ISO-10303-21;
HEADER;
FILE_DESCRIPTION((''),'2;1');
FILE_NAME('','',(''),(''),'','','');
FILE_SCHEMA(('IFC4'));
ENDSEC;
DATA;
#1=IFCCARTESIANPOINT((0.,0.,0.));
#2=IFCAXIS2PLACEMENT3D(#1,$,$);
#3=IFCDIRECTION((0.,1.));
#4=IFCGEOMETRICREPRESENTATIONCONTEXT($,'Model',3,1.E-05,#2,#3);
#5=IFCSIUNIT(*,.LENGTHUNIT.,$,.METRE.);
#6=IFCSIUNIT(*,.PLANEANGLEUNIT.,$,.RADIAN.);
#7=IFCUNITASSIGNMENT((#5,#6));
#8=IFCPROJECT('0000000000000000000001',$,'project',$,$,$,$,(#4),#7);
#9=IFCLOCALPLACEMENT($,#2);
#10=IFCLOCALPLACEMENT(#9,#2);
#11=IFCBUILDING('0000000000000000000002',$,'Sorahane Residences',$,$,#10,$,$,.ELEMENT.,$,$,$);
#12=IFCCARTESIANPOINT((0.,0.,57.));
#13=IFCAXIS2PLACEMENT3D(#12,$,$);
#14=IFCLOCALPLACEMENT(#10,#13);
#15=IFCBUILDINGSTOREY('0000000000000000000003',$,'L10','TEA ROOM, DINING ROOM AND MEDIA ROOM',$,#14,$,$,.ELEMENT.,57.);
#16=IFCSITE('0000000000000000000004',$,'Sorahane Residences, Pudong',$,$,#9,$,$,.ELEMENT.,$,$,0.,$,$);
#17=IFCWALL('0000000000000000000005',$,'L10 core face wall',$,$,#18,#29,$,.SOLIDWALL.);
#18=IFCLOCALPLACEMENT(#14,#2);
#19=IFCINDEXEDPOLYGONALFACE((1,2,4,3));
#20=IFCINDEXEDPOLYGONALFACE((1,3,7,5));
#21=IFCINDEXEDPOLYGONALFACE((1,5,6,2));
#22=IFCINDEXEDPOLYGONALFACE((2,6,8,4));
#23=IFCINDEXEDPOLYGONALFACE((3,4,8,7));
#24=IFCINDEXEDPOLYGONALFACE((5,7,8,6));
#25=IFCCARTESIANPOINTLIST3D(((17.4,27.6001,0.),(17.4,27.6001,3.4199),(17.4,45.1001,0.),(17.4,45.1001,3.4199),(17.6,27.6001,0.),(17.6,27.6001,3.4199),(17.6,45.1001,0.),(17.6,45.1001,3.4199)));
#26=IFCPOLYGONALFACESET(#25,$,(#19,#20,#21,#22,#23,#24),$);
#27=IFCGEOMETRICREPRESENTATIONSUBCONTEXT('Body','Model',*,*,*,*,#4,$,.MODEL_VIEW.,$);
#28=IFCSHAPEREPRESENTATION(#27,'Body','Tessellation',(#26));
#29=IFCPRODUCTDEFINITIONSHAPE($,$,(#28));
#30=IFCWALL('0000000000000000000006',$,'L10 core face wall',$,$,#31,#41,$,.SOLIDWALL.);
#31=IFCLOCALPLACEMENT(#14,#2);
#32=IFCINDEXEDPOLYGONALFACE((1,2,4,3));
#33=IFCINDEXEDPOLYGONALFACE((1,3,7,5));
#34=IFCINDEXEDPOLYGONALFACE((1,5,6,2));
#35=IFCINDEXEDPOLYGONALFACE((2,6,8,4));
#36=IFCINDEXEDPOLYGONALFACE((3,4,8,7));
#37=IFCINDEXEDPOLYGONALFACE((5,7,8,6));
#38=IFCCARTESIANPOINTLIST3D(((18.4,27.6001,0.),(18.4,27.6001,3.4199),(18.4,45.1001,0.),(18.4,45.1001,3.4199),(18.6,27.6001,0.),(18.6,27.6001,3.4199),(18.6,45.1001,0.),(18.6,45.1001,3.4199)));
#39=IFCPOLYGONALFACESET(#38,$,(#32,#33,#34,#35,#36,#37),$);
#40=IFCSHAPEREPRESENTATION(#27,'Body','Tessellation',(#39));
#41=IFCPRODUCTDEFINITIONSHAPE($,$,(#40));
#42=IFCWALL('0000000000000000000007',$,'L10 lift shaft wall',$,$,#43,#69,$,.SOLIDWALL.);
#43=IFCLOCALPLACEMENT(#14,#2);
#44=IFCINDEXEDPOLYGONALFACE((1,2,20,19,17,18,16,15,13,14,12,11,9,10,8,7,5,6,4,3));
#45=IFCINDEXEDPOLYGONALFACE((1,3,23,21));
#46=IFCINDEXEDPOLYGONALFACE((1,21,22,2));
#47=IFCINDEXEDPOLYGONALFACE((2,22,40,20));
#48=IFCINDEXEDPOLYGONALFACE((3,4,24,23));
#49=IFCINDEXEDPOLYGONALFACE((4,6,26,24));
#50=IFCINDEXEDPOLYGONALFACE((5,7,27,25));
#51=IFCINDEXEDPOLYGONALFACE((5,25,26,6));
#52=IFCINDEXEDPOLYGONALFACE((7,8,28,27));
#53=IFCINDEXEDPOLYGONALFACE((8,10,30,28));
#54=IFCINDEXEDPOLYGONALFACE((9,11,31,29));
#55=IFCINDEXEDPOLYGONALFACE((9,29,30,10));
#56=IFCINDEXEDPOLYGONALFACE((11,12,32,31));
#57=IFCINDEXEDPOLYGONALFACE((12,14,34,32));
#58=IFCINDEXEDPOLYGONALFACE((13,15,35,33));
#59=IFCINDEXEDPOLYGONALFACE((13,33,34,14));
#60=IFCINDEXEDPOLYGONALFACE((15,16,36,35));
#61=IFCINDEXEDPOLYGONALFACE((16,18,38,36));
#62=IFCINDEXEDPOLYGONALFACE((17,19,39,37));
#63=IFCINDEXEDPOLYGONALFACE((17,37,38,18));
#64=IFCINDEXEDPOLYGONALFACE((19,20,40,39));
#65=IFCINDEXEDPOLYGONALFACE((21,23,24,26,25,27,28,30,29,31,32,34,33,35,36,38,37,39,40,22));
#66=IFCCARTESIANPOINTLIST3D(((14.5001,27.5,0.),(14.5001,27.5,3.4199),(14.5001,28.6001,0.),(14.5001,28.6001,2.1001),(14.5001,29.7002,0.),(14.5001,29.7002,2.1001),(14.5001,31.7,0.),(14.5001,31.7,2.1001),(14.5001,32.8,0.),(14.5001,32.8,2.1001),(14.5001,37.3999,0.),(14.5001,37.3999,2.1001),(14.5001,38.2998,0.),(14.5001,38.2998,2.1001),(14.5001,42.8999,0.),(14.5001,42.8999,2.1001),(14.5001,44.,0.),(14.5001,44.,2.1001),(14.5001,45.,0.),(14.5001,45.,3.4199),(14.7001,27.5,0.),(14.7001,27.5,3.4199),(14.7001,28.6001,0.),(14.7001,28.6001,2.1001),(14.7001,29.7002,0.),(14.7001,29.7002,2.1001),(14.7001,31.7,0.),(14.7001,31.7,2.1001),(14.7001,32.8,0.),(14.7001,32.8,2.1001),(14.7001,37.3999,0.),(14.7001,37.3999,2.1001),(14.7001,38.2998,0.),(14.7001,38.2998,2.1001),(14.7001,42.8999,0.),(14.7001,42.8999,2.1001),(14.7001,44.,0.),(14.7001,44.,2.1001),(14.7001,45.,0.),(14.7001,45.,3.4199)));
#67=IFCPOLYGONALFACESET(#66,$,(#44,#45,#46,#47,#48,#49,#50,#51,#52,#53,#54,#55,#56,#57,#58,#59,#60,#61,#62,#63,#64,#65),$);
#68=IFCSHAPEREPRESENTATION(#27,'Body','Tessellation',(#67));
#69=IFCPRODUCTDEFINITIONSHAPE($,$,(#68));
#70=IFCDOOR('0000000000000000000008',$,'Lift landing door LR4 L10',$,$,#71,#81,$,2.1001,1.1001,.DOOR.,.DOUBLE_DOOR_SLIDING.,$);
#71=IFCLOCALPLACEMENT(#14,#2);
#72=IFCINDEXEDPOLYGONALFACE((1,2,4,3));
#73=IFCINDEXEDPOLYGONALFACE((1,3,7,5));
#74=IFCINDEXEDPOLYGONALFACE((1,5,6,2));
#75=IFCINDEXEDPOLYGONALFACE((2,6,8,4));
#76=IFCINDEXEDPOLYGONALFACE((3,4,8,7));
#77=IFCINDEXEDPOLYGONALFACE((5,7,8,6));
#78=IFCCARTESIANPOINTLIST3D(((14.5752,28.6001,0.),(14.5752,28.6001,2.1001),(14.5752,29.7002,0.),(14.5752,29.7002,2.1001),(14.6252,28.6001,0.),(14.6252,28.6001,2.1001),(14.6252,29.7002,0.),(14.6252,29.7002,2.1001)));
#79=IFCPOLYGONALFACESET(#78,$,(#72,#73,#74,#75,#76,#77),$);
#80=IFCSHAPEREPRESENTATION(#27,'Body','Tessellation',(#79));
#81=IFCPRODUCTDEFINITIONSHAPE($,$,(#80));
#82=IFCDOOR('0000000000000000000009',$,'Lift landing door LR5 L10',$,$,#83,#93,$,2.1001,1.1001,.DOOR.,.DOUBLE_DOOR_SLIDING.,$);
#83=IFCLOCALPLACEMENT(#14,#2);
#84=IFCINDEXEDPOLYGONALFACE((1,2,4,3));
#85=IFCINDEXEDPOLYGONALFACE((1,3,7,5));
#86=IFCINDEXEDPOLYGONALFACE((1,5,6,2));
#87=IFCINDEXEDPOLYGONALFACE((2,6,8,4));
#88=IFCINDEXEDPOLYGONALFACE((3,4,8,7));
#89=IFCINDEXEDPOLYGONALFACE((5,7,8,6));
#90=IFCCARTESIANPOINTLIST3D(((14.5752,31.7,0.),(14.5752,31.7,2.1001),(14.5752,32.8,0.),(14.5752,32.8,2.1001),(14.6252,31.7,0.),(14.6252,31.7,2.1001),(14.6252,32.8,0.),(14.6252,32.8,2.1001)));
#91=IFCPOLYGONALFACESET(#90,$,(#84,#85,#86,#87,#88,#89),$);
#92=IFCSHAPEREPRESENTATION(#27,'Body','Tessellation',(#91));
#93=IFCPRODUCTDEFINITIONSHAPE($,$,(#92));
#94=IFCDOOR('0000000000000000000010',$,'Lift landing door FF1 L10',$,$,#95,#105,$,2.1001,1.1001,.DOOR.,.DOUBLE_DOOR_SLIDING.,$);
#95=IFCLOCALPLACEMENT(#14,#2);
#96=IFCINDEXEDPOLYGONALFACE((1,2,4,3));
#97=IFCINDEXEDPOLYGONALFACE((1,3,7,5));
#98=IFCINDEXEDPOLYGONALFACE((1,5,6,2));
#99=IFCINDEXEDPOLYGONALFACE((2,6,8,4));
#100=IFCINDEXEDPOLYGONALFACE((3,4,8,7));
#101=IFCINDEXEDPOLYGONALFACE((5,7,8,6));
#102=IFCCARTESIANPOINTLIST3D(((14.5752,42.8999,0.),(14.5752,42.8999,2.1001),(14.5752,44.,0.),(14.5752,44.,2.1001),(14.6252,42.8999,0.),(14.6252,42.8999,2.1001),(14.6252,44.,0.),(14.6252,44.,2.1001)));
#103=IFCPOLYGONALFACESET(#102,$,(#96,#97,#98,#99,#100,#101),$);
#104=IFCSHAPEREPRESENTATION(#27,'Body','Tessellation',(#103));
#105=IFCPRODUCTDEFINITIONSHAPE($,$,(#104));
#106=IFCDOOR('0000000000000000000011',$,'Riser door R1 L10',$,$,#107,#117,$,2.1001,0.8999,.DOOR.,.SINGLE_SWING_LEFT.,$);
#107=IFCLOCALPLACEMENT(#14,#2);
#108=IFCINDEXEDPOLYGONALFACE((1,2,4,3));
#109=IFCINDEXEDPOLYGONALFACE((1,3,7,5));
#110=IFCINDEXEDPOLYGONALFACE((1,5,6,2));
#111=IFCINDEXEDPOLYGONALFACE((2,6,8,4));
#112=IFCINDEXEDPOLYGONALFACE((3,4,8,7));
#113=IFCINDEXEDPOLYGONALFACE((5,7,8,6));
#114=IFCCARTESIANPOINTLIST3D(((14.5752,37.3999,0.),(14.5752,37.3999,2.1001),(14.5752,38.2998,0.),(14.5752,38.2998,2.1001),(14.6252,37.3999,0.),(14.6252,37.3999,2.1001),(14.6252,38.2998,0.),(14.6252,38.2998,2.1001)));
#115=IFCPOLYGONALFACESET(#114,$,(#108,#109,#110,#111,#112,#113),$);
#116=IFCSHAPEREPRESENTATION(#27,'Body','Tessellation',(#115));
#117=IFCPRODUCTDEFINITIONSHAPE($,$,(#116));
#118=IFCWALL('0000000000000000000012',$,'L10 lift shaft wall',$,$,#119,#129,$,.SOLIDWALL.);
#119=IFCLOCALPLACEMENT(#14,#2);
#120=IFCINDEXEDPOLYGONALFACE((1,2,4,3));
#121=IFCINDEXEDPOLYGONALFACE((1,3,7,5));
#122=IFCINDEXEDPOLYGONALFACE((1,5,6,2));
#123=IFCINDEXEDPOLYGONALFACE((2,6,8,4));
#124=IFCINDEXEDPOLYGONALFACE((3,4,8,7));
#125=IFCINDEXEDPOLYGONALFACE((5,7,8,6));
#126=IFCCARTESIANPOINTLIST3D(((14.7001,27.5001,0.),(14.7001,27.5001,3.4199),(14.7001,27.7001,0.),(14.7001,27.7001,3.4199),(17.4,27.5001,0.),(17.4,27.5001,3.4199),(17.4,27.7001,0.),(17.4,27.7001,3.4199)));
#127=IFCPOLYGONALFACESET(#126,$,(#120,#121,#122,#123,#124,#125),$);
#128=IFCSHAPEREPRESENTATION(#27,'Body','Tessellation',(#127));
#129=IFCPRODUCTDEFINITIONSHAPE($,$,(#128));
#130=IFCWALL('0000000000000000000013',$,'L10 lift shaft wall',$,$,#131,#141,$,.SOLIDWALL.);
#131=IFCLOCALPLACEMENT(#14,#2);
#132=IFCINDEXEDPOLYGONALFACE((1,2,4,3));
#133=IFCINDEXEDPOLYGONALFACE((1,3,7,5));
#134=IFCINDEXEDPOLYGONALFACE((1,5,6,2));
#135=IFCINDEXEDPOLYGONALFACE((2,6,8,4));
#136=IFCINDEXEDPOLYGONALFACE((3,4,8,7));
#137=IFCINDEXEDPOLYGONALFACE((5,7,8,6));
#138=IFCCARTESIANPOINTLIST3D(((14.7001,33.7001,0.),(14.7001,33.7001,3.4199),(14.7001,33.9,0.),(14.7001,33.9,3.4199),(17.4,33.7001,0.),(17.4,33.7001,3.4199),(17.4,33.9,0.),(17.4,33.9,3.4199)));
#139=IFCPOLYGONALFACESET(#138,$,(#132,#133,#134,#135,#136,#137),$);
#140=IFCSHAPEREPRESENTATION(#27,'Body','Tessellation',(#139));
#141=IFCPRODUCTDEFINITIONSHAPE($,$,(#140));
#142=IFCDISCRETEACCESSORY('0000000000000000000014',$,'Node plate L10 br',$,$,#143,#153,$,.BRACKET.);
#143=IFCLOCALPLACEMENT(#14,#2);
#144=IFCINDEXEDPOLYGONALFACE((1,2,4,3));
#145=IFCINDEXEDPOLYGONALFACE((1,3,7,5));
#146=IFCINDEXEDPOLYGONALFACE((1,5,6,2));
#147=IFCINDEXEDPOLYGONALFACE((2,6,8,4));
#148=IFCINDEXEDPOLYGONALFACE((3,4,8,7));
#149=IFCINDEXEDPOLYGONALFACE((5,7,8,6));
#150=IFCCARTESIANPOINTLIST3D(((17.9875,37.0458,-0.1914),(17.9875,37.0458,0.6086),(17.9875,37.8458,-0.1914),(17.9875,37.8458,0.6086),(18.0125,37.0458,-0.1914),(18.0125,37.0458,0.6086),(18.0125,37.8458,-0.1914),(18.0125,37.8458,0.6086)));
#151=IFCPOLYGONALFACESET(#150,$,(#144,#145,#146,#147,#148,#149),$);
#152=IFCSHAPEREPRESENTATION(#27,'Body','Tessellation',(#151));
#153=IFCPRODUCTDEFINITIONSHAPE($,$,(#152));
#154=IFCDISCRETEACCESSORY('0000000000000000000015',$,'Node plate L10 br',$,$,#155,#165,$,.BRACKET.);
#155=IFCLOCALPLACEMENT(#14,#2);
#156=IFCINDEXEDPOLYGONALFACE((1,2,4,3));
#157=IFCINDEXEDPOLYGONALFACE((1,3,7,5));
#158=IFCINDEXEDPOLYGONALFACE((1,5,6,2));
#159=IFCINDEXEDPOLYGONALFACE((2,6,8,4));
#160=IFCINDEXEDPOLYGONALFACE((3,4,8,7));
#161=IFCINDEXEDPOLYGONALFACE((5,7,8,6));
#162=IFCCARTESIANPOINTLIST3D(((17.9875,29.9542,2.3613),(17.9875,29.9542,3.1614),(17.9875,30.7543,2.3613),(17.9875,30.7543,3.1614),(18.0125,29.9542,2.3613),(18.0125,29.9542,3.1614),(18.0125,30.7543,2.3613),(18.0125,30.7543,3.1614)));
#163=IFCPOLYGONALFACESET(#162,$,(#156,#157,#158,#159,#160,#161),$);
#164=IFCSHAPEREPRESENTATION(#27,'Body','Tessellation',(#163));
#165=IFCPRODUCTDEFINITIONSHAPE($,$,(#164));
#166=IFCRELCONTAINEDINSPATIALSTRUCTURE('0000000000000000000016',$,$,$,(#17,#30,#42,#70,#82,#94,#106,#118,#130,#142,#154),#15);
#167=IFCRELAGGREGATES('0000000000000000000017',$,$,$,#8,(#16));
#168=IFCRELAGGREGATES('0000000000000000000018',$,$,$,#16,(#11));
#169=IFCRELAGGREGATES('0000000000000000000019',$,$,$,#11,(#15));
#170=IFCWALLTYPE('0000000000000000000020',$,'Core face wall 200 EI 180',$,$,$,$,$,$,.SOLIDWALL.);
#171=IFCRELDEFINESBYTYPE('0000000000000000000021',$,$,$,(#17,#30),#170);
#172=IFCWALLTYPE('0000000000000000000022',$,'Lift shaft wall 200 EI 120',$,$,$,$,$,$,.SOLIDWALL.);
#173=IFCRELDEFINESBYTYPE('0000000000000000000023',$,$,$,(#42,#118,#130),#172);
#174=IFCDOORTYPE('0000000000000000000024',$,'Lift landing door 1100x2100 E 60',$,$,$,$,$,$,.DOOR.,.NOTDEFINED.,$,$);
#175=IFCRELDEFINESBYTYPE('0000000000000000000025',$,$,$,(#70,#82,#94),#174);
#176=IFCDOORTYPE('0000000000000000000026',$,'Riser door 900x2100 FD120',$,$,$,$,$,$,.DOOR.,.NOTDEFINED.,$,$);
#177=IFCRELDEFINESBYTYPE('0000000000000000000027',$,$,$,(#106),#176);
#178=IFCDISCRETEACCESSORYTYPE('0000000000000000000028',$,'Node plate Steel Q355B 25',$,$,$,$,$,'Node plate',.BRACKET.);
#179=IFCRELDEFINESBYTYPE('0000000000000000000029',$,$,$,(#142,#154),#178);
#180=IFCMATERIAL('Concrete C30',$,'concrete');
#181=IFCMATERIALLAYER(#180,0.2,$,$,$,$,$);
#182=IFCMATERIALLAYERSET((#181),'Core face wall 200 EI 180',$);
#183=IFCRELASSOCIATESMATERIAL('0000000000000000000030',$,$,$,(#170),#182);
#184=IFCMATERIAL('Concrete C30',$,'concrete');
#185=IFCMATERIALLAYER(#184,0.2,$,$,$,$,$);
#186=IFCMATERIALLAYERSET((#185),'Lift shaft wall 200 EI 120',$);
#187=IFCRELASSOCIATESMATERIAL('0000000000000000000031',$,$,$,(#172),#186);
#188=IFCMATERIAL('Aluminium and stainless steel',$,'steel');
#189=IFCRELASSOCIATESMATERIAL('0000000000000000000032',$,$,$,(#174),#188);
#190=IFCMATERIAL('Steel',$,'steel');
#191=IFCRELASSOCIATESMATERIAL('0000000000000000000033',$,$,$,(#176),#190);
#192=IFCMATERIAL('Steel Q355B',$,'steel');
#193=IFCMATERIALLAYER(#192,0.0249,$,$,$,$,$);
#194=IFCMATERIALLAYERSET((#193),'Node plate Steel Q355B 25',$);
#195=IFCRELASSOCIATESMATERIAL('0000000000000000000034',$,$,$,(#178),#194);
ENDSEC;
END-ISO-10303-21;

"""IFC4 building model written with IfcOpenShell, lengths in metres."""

from ifc_helpers import new_model, si_unit, direction, frame, frame_2d, origin, origin_2d, place, context, subcontext, project, spatial, rectangle, extrude, material, layer, layer_set, type_object, element, fill, save


model = new_model("IFC4")

# Units and contexts
model_context = context("Model", 3, precision=1e-05, world=origin(), true_north=direction((0.0, 1.0)))
body_context = subcontext(model_context, "Body", "Model", "MODEL_VIEW")
ifc_project = project(units=[si_unit("LENGTHUNIT", "METRE"), si_unit("PLANEANGLEUNIT", "RADIAN")], contexts=[model_context])

# Site, building, storey
site_placement = place(None, origin())
site = spatial("IfcSite", under=ifc_project, at=site_placement, Name="Sorahane Residences, Pudong", CompositionType="ELEMENT", RefElevation=0.0)
building_placement = place(site_placement, origin())
building = spatial("IfcBuilding", under=site, at=building_placement, Name="Sorahane Residences", CompositionType="ELEMENT")
storey_placement = place(building_placement, frame((0.0, 0.0, 57.0)))
storey = spatial("IfcBuildingStorey", under=building, at=storey_placement, Name="L10", Description="TEA ROOM, DINING ROOM AND MEDIA ROOM", CompositionType="ELEMENT", Elevation=57.0)

# Walls
ifc_material_1 = material(Name="Concrete C30", Category="concrete")
ifc_layer_1 = layer(ifc_material_1, 0.2)
ifc_layer_set_1 = layer_set([ifc_layer_1], Name="Core face wall 200 EI 180")
wall_type_1 = type_object("IfcWallType", Name="Core face wall 200 EI 180", PredefinedType="SOLIDWALL", material=ifc_layer_set_1)
for number, where, z_axis, x_axis, name in (
    (1, (17.5, 27.6001, 0.0), (0.0, 0.0, 1.0), (0.0, 1.0, 0.0), "L10 core face wall"),
    (2, (18.5, 27.6001, 0.0), (0.0, 0.0, 1.0), (0.0, 1.0, 0.0), "L10 core face wall"),
):
    element("IfcWall", number, at=place(storey_placement, frame(where, z_axis=z_axis, x_axis=x_axis)), inside=storey, type_object=wall_type_1, Name=name, PredefinedType="SOLIDWALL", context=body_context, shape_type="SweptSolid", body=[
        extrude(rectangle(XDim=17.5, YDim=0.2, at=frame_2d((8.75, 0.0))), origin(), (0.0, 0.0, 1.0), 3.4199),
    ])

# Wall, openings, doors
ifc_material_2 = material(Name="Concrete C30", Category="concrete")
ifc_layer_2 = layer(ifc_material_2, 0.2)
ifc_layer_set_2 = layer_set([ifc_layer_2], Name="Lift shaft wall 200 EI 120")
wall_type_2 = type_object("IfcWallType", Name="Lift shaft wall 200 EI 120", PredefinedType="SOLIDWALL", material=ifc_layer_set_2)
wall_placement = place(storey_placement, frame((14.6001, 27.5, 0.0), z_axis=(0.0, 0.0, 1.0), x_axis=(0.0, 1.0, 0.0)))
wall = element("IfcWall", 3, at=wall_placement, inside=storey, type_object=wall_type_2, Name="L10 lift shaft wall", PredefinedType="SOLIDWALL", context=body_context, shape_type="SweptSolid", body=[
    extrude(rectangle(XDim=17.5, YDim=0.2, at=frame_2d((8.75, 0.0))), origin(), (0.0, 0.0, 1.0), 3.4199),
])
opening_1_placement = place(wall_placement, frame((1.1001, 0.0, 0.0)))
opening_1 = element("IfcOpeningElement", 4, at=opening_1_placement, cuts=wall, PredefinedType="OPENING", context=body_context, shape_type="SweptSolid", body=[
    extrude(rectangle(XDim=1.1001, YDim=2.1001, at=frame_2d((0.55, 1.05))), frame((0.0, 0.1099, 0.0), z_axis=(0.0, -1.0, 0.0), x_axis=(1.0, 0.0, 0.0)), (0.0, 0.0, 1.0), 0.22),
])
opening_2_placement = place(wall_placement, frame((4.2, 0.0, 0.0)))
opening_2 = element("IfcOpeningElement", 5, at=opening_2_placement, cuts=wall, PredefinedType="OPENING", context=body_context, shape_type="SweptSolid", body=[
    extrude(rectangle(XDim=1.1001, YDim=2.1001, at=frame_2d((0.55, 1.05))), frame((0.0, 0.1099, 0.0), z_axis=(0.0, -1.0, 0.0), x_axis=(1.0, 0.0, 0.0)), (0.0, 0.0, 1.0), 0.22),
])
opening_3_placement = place(wall_placement, frame((15.3999, 0.0, 0.0)))
opening_3 = element("IfcOpeningElement", 6, at=opening_3_placement, cuts=wall, PredefinedType="OPENING", context=body_context, shape_type="SweptSolid", body=[
    extrude(rectangle(XDim=1.1001, YDim=2.1001, at=frame_2d((0.55, 1.05))), frame((0.0, 0.1099, 0.0), z_axis=(0.0, -1.0, 0.0), x_axis=(1.0, 0.0, 0.0)), (0.0, 0.0, 1.0), 0.22),
])
opening_4_placement = place(wall_placement, frame((9.8999, 0.0, 0.0)))
opening_4 = element("IfcOpeningElement", 7, at=opening_4_placement, cuts=wall, PredefinedType="OPENING", context=body_context, shape_type="SweptSolid", body=[
    extrude(rectangle(XDim=0.8999, YDim=2.1001, at=frame_2d((0.45, 1.05))), frame((0.0, 0.1099, 0.0), z_axis=(0.0, -1.0, 0.0), x_axis=(1.0, 0.0, 0.0)), (0.0, 0.0, 1.0), 0.22),
])
ifc_material_3 = material(Name="Aluminium and stainless steel", Category="steel")
door_type_1 = type_object("IfcDoorType", Name="Lift landing door 1100x2100 E 60", OperationType="NOTDEFINED", PredefinedType="DOOR", material=ifc_material_3)
door_1_placement = place(opening_1_placement, origin())
door_1 = element("IfcDoor", 8, at=door_1_placement, inside=storey, type_object=door_type_1, Name="Lift landing door LR4 L10", OperationType="DOUBLE_DOOR_SLIDING", OverallHeight=2.1001, OverallWidth=1.1001, PredefinedType="DOOR", context=body_context, shape_type="SweptSolid", body=[
    extrude(rectangle(XDim=1.1001, YDim=2.1001, at=frame_2d((0.55, 1.05))), frame((0.0, 0.0249, 0.0), z_axis=(0.0, -1.0, 0.0), x_axis=(1.0, 0.0, 0.0)), (0.0, 0.0, 1.0), 0.05),
])
fill(opening_1, door_1)
door_2_placement = place(opening_2_placement, origin())
door_2 = element("IfcDoor", 9, at=door_2_placement, inside=storey, type_object=door_type_1, Name="Lift landing door LR5 L10", OperationType="DOUBLE_DOOR_SLIDING", OverallHeight=2.1001, OverallWidth=1.1001, PredefinedType="DOOR", context=body_context, shape_type="SweptSolid", body=[
    extrude(rectangle(XDim=1.1001, YDim=2.1001, at=frame_2d((0.55, 1.05))), frame((0.0, 0.0249, 0.0), z_axis=(0.0, -1.0, 0.0), x_axis=(1.0, 0.0, 0.0)), (0.0, 0.0, 1.0), 0.05),
])
fill(opening_2, door_2)
door_3_placement = place(opening_3_placement, origin())
door_3 = element("IfcDoor", 10, at=door_3_placement, inside=storey, type_object=door_type_1, Name="Lift landing door FF1 L10", OperationType="DOUBLE_DOOR_SLIDING", OverallHeight=2.1001, OverallWidth=1.1001, PredefinedType="DOOR", context=body_context, shape_type="SweptSolid", body=[
    extrude(rectangle(XDim=1.1001, YDim=2.1001, at=frame_2d((0.55, 1.05))), frame((0.0, 0.0249, 0.0), z_axis=(0.0, -1.0, 0.0), x_axis=(1.0, 0.0, 0.0)), (0.0, 0.0, 1.0), 0.05),
])
fill(opening_3, door_3)
ifc_material_4 = material(Name="Steel", Category="steel")
door_type_2 = type_object("IfcDoorType", Name="Riser door 900x2100 FD120", OperationType="NOTDEFINED", PredefinedType="DOOR", material=ifc_material_4)
door_4_placement = place(opening_4_placement, origin())
door_4 = element("IfcDoor", 11, at=door_4_placement, inside=storey, type_object=door_type_2, Name="Riser door R1 L10", OperationType="SINGLE_SWING_LEFT", OverallHeight=2.1001, OverallWidth=0.8999, PredefinedType="DOOR", context=body_context, shape_type="SweptSolid", body=[
    extrude(rectangle(XDim=0.8999, YDim=2.1001, at=frame_2d((0.45, 1.05))), frame((0.0, 0.0249, 0.0), z_axis=(0.0, -1.0, 0.0), x_axis=(1.0, 0.0, 0.0)), (0.0, 0.0, 1.0), 0.05),
])
fill(opening_4, door_4)

# Walls
for number, where, z_axis, x_axis, name in (
    (12, (14.7, 27.6001, 0.0), (0.0, 0.0, 1.0), (1.0, 0.0, 0.0), "L10 lift shaft wall"),
    (13, (14.7, 33.8, 0.0), (0.0, 0.0, 1.0), (1.0, 0.0, 0.0), "L10 lift shaft wall"),
):
    element("IfcWall", number, at=place(storey_placement, frame(where, z_axis=z_axis, x_axis=x_axis)), inside=storey, type_object=wall_type_2, Name=name, PredefinedType="SOLIDWALL", context=body_context, shape_type="SweptSolid", body=[
        extrude(rectangle(XDim=2.7, YDim=0.2, at=frame_2d((1.3501, 0.0))), origin(), (0.0, 0.0, 1.0), 3.4199),
    ])

# Discrete accessories
ifc_material_5 = material(Name="Steel Q355B", Category="steel")
ifc_layer_3 = layer(ifc_material_5, 0.0249)
ifc_layer_set_3 = layer_set([ifc_layer_3], Name="Node plate Steel Q355B 25")
discrete_accessory_type = type_object("IfcDiscreteAccessoryType", Name="Node plate Steel Q355B 25", ElementType="Node plate", PredefinedType="BRACKET", material=ifc_layer_set_3)
for number, where, z_axis, x_axis, name in (
    (14, (18.0, 37.4458, -0.1914), (0.0, 0.0, 1.0), (0.0, 1.0, 0.0), "Node plate L10 br"),
    (15, (18.0, 30.3542, 2.3613), (0.0, 0.0, 1.0), (0.0, 1.0, 0.0), "Node plate L10 br"),
):
    element("IfcDiscreteAccessory", number, at=place(storey_placement, frame(where, z_axis=z_axis, x_axis=x_axis)), inside=storey, type_object=discrete_accessory_type, Name=name, PredefinedType="BRACKET", context=body_context, shape_type="SweptSolid", body=[
        extrude(rectangle(XDim=0.8, YDim=0.0249, at=origin_2d()), origin(), (0.0, 0.0, 1.0), 0.8),
    ])

save(model, "model.ifc")
